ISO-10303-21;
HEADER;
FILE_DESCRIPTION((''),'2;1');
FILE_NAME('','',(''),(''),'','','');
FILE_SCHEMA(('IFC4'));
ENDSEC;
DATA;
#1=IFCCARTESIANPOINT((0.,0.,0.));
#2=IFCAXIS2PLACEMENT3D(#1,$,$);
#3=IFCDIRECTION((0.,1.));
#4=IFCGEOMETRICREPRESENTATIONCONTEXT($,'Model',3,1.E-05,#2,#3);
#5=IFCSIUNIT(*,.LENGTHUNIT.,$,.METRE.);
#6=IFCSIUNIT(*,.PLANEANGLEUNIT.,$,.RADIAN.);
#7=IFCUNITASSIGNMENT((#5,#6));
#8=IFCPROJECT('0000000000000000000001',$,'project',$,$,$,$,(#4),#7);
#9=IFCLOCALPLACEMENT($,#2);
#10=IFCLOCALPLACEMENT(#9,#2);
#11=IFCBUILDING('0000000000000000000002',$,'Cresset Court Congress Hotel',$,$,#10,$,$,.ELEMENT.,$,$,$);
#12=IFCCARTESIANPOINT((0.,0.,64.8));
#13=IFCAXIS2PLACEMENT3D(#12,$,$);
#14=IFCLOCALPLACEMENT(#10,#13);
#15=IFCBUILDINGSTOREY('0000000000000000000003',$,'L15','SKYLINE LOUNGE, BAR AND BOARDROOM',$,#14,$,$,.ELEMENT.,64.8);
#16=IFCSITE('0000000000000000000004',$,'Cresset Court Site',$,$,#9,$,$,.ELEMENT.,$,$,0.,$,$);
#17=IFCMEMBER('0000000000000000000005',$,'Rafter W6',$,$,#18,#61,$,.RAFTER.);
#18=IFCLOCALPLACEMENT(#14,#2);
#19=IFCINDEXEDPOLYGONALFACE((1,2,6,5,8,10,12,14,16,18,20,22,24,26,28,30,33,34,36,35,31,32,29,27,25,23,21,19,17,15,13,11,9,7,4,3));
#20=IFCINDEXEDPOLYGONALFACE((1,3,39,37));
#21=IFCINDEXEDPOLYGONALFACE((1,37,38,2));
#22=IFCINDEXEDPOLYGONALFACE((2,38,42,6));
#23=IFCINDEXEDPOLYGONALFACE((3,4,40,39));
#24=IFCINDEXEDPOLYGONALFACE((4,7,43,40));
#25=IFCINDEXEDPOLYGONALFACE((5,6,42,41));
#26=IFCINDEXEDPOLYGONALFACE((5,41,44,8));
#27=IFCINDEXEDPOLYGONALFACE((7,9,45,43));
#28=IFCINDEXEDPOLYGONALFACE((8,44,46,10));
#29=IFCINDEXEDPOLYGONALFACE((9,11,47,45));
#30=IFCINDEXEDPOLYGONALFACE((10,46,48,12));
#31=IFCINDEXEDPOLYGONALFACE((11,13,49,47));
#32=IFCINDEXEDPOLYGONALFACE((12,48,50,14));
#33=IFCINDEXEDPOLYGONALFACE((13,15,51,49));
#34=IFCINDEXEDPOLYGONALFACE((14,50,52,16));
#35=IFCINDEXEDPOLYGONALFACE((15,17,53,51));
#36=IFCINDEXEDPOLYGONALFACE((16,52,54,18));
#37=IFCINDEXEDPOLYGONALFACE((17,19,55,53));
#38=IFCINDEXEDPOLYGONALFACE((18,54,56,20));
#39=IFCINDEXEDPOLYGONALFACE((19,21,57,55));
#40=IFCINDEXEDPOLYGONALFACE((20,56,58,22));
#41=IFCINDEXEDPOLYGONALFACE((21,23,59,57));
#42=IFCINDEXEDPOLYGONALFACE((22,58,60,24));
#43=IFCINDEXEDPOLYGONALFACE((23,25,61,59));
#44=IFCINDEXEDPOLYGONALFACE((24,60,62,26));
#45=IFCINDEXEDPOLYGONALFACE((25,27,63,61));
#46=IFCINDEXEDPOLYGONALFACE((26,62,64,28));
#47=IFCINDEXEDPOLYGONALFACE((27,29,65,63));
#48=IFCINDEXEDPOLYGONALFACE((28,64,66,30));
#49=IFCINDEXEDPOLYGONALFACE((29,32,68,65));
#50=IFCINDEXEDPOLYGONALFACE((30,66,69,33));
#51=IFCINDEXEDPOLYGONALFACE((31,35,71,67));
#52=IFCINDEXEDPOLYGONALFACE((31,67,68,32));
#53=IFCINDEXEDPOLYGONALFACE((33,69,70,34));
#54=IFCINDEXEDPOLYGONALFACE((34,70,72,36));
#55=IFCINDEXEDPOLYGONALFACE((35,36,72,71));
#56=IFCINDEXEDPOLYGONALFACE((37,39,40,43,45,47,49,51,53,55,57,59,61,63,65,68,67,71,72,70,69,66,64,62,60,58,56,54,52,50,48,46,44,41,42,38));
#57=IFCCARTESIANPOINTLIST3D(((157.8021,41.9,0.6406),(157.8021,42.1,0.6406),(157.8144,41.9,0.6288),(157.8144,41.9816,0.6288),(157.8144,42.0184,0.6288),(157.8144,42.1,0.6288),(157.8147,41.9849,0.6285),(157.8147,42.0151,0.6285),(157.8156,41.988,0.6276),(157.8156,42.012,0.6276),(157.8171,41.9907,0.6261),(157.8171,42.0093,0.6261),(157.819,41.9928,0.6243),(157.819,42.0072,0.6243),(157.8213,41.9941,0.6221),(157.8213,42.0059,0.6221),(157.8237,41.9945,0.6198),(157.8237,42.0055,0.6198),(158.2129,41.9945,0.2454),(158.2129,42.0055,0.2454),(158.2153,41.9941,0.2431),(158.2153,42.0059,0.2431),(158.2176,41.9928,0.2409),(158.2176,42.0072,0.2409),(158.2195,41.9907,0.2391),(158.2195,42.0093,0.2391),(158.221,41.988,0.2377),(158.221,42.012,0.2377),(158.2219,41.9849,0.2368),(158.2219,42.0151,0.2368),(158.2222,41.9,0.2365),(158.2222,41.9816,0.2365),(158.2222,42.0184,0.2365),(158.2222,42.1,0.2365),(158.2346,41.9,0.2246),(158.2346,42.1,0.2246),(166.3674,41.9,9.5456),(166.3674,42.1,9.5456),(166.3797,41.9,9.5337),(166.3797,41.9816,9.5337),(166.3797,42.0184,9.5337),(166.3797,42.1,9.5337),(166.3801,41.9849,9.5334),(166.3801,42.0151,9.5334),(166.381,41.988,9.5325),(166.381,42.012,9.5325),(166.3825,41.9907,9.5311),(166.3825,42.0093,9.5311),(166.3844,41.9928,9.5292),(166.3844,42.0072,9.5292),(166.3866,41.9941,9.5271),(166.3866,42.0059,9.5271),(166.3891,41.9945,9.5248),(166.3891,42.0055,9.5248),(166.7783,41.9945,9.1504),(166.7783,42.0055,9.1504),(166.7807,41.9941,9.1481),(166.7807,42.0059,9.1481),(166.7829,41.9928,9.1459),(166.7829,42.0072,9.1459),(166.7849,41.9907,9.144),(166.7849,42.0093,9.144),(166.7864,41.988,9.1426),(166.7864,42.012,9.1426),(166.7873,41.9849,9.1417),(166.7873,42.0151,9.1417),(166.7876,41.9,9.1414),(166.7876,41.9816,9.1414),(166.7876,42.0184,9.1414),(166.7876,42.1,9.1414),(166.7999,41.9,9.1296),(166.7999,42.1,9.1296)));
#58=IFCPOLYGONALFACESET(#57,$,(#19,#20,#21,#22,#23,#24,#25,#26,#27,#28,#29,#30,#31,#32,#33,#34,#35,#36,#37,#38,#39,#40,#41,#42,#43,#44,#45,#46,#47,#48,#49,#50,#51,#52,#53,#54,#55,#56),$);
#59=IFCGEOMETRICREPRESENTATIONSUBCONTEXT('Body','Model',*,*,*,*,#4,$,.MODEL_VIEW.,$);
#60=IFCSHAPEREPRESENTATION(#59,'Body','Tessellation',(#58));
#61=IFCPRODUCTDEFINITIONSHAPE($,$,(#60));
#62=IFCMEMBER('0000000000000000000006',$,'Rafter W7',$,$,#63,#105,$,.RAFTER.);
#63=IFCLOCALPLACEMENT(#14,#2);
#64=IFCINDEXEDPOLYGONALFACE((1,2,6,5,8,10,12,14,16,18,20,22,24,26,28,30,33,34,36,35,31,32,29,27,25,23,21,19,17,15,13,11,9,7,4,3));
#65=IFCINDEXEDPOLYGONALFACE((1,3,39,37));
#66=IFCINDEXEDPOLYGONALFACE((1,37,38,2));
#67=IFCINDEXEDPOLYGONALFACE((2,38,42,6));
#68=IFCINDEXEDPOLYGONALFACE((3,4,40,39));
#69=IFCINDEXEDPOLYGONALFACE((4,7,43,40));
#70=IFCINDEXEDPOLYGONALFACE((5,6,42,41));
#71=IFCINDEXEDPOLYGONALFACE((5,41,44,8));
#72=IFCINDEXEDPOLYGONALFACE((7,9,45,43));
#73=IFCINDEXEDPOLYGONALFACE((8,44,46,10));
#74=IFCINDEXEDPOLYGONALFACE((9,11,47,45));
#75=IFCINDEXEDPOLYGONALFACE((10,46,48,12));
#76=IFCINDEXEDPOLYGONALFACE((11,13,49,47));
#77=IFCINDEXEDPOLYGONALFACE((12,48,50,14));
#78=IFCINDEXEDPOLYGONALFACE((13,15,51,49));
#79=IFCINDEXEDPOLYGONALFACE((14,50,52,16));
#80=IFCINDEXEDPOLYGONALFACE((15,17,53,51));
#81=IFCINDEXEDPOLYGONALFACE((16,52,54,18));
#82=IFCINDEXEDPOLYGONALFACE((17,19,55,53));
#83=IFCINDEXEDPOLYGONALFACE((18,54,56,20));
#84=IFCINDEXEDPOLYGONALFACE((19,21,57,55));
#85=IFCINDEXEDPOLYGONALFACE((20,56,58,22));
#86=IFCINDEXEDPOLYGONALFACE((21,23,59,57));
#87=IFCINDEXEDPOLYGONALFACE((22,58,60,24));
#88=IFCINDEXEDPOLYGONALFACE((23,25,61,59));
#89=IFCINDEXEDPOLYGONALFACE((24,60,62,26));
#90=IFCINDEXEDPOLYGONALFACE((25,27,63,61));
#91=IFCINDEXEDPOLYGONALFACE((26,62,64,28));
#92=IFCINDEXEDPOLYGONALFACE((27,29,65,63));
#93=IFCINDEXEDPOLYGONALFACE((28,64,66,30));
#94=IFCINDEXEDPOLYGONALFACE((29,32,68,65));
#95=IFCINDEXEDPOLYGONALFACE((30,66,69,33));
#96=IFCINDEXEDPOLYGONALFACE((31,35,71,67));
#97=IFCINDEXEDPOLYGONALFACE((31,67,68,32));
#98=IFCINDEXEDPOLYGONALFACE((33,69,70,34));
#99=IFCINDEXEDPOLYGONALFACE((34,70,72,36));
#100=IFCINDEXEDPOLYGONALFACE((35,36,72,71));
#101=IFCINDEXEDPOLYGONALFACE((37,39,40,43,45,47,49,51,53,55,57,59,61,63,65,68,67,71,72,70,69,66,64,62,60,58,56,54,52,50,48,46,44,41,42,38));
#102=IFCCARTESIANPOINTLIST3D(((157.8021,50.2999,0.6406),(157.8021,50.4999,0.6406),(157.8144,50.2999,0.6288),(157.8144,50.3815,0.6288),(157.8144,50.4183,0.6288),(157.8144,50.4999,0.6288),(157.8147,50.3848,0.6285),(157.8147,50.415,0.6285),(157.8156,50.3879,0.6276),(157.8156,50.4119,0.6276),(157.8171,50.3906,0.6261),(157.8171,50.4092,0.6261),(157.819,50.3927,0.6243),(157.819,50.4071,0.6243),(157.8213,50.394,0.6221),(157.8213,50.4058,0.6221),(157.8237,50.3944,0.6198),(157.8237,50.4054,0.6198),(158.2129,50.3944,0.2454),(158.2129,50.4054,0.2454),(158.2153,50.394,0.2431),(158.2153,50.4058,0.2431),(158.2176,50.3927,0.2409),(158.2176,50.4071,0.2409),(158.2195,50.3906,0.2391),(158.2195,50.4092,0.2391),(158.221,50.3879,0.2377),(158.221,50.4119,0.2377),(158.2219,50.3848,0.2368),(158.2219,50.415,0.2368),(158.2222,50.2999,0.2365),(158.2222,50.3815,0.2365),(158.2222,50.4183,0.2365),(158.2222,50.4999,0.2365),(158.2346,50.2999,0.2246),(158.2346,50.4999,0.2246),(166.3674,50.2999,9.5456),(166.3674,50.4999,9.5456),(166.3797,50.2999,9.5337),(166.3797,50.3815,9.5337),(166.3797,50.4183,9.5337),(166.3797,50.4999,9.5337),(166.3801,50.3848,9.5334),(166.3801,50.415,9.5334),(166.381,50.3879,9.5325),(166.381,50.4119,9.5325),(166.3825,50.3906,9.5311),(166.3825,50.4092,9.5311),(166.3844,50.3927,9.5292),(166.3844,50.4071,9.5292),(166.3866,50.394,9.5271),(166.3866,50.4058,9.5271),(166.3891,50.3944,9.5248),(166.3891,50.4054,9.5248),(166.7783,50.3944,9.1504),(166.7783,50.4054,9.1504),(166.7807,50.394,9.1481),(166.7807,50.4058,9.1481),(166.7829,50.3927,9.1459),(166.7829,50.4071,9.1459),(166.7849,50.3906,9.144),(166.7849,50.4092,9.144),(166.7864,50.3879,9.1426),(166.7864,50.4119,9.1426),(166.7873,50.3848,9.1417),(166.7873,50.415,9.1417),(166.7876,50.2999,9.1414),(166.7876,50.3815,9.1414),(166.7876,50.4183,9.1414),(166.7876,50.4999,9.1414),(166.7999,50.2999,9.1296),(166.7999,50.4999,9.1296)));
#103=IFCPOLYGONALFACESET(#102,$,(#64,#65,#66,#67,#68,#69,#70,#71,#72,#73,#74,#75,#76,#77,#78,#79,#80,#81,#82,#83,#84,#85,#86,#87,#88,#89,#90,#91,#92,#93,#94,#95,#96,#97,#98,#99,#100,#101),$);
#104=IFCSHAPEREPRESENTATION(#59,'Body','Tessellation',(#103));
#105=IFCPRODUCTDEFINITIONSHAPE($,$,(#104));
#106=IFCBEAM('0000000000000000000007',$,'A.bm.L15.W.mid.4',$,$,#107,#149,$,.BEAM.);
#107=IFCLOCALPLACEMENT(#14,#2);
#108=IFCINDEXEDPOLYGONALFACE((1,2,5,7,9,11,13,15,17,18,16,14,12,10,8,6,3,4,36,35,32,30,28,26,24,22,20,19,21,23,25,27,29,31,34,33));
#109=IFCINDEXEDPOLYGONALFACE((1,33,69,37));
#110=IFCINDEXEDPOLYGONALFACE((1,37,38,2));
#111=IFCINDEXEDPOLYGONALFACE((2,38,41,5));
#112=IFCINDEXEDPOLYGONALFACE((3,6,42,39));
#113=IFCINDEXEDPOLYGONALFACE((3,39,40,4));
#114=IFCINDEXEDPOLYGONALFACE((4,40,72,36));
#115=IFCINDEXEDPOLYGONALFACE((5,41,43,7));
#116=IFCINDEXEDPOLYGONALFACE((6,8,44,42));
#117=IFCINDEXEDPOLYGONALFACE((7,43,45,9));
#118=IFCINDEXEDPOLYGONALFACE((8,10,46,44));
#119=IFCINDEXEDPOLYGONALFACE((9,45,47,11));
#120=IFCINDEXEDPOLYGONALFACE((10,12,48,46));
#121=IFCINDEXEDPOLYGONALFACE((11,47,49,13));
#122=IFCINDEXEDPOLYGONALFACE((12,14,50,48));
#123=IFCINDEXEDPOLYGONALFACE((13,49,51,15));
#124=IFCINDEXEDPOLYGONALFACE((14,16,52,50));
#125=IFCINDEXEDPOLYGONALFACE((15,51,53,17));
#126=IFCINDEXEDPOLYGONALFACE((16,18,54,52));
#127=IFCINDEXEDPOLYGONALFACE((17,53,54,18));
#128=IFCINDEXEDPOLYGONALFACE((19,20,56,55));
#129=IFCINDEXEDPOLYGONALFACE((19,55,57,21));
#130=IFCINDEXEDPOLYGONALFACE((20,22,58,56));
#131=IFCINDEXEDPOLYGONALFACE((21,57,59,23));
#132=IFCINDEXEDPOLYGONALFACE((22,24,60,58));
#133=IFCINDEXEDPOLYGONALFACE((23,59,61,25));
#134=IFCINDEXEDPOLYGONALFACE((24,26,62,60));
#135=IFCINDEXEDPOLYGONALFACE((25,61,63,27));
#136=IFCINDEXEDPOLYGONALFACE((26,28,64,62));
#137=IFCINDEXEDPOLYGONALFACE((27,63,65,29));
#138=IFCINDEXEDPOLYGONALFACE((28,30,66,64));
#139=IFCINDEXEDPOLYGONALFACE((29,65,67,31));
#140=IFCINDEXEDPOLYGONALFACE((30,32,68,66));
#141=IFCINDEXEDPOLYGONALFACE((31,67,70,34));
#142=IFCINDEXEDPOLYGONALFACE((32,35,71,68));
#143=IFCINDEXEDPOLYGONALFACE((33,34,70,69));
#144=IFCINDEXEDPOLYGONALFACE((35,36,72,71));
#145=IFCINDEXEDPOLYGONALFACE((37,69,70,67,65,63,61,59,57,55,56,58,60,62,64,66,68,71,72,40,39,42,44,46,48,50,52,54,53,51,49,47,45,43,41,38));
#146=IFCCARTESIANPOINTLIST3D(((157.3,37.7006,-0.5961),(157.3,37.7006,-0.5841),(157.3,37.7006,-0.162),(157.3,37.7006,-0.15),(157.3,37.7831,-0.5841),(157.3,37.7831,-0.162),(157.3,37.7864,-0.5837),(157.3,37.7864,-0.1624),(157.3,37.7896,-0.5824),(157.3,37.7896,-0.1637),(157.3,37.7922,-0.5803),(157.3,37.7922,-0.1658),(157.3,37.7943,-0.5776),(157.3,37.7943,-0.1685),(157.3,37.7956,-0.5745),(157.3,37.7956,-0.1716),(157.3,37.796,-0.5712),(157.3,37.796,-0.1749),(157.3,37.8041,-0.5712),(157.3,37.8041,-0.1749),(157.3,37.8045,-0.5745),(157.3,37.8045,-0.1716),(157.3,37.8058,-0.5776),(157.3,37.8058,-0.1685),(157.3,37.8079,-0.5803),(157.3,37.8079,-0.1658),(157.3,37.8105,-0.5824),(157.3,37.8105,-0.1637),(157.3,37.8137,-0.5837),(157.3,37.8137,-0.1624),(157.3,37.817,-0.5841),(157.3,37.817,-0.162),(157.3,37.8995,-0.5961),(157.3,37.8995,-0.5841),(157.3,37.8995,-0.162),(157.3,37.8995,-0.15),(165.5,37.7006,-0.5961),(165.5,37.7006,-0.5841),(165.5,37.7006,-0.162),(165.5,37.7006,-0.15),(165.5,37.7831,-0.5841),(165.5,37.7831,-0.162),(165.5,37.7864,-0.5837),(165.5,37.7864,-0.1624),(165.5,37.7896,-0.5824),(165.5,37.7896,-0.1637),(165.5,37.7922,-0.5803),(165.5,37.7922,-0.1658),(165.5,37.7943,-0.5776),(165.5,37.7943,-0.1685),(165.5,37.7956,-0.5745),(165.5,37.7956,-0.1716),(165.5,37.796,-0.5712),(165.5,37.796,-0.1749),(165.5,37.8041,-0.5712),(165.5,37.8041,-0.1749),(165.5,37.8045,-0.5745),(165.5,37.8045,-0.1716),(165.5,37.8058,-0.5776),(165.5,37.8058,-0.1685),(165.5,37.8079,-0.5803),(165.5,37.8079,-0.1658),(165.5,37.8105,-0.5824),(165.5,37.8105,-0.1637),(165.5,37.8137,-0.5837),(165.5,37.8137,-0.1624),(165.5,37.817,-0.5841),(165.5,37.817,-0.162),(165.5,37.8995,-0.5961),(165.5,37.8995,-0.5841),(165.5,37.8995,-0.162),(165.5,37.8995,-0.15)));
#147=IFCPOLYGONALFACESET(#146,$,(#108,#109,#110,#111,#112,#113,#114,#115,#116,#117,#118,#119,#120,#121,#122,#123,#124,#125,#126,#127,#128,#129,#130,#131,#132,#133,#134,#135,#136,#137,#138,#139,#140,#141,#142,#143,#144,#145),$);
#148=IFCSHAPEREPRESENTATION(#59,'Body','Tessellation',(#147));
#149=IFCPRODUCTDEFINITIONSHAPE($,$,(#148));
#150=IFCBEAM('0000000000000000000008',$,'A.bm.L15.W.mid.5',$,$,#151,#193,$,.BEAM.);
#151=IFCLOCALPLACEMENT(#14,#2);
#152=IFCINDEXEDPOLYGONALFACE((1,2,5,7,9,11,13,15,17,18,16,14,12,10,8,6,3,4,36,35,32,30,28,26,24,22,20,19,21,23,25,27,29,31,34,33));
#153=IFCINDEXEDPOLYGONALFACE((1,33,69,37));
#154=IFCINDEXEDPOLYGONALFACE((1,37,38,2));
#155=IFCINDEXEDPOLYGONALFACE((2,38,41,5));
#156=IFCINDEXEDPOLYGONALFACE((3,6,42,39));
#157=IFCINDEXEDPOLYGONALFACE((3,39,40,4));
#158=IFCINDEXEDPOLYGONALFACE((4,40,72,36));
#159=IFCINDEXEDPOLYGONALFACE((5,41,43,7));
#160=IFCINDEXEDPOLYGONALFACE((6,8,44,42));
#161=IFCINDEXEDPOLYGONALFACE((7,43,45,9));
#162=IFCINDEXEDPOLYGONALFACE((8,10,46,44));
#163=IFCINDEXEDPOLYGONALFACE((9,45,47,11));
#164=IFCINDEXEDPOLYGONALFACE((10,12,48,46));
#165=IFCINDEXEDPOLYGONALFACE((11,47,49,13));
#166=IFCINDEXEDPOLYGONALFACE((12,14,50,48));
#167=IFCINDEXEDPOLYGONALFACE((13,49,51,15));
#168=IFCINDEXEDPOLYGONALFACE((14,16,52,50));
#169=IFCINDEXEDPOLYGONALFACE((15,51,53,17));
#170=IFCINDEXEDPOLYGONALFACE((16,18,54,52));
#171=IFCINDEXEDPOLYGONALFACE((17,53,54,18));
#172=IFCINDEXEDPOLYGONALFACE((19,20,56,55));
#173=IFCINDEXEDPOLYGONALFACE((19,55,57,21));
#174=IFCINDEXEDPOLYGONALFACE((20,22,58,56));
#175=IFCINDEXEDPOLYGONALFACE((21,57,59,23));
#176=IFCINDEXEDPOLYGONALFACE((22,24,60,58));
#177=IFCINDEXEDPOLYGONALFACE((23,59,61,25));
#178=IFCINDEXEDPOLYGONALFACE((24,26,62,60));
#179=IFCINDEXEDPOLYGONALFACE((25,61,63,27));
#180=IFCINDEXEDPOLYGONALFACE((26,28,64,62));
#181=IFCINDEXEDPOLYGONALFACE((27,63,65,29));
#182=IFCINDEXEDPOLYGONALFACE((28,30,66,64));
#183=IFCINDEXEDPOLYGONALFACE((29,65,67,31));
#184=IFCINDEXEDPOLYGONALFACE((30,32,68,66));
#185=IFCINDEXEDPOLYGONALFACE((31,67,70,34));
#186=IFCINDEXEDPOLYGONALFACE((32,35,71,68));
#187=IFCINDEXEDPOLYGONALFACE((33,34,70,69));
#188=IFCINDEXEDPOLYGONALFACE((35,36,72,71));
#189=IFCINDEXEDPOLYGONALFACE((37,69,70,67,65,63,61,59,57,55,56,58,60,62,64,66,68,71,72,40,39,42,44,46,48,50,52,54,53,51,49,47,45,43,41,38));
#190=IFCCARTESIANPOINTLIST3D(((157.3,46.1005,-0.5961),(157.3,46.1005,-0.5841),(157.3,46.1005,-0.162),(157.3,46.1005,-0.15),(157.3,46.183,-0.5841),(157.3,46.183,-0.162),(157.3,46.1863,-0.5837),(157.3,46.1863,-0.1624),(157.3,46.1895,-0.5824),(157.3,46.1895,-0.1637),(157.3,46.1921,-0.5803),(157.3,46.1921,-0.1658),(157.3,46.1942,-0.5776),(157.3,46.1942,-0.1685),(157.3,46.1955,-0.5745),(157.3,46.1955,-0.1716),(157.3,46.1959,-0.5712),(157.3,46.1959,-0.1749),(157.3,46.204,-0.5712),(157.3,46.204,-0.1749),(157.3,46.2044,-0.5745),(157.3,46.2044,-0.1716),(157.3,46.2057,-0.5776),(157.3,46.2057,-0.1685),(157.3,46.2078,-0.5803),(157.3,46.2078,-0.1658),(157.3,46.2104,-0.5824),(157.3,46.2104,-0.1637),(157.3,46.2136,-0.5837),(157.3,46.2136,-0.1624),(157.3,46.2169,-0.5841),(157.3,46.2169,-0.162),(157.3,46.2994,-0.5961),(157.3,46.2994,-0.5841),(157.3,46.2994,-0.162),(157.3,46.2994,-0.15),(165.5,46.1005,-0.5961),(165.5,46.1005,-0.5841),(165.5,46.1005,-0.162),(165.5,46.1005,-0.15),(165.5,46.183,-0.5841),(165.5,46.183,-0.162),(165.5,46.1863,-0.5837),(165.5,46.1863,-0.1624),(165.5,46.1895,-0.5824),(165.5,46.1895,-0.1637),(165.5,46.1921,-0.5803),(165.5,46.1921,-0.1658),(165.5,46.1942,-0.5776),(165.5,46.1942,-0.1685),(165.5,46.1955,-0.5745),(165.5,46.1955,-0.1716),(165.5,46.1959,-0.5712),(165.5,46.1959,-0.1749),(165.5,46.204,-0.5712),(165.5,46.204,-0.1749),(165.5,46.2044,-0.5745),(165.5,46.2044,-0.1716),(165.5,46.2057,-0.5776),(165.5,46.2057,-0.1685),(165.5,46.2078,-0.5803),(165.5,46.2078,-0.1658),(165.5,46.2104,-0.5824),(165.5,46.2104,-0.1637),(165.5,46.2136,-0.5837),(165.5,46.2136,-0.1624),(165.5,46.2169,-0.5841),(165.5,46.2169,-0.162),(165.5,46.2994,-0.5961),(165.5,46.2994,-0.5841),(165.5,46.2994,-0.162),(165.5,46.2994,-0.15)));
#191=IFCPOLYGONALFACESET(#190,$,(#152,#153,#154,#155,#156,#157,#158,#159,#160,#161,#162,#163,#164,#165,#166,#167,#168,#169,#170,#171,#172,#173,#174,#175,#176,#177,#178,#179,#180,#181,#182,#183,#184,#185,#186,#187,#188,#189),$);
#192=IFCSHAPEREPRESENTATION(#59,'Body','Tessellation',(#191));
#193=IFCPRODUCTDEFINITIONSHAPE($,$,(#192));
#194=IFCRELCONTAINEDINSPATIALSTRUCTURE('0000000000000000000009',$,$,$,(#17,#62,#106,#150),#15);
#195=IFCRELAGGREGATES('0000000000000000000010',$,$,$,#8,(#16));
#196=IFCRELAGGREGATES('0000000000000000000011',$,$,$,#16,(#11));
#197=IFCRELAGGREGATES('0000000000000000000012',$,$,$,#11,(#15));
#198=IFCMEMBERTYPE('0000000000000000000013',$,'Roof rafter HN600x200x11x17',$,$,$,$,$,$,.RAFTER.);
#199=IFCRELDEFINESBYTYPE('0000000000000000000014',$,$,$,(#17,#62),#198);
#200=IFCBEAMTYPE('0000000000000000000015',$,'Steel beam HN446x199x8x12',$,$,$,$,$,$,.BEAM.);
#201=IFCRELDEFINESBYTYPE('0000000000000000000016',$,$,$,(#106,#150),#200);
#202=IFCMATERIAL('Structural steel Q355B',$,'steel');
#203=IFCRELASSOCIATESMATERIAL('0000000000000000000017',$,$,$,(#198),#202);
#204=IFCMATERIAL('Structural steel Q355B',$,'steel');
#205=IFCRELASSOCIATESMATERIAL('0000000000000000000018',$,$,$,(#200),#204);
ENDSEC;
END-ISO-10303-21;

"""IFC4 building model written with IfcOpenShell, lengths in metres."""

from ifc_helpers import new_model, si_unit, direction, frame, origin, origin_2d, place, context, subcontext, project, spatial, i_section, extrude, material, material_profile, profile_set, type_object, element, save


model = new_model("IFC4")

# Units and contexts
model_context = context("Model", 3, precision=1e-05, world=origin(), true_north=direction((0.0, 1.0)))
body_context = subcontext(model_context, "Body", "Model", "MODEL_VIEW")
ifc_project = project(units=[si_unit("LENGTHUNIT", "METRE"), si_unit("PLANEANGLEUNIT", "RADIAN")], contexts=[model_context])

# Site, building, storey
site_placement = place(None, origin())
site = spatial("IfcSite", under=ifc_project, at=site_placement, Name="Cresset Court Site", CompositionType="ELEMENT", RefElevation=0.0)
building_placement = place(site_placement, origin())
building = spatial("IfcBuilding", under=site, at=building_placement, Name="Cresset Court Congress Hotel", CompositionType="ELEMENT")
storey_placement = place(building_placement, frame((0.0, 0.0, 64.8)))
storey = spatial("IfcBuildingStorey", under=building, at=storey_placement, Name="L15", Description="SKYLINE LOUNGE, BAR AND BOARDROOM", CompositionType="ELEMENT", Elevation=64.8)

# Members
ifc_material_1 = material(Name="Structural steel Q355B", Category="steel")
ifc_material_profile_1 = material_profile(ifc_material_1, i_section(OverallWidth=0.2, OverallDepth=0.6001, WebThickness=0.011, FlangeThickness=0.0171, FilletRadius=0.0129, at=origin_2d()), Name="HN600x200x11x17")
ifc_profile_set_1 = profile_set([ifc_material_profile_1], Name="Structural steel Q355B")
member_type_1 = type_object("IfcMemberType", Name="Roof rafter HN600x200x11x17", PredefinedType="RAFTER", material=ifc_profile_set_1)
for number, where, z_axis, x_axis, name in (
    (1, (158.0183, 42.0, 0.4326), (0.693231, 0.0, 0.720716), (0.0, 1.0, 0.0), "Rafter W6"),
    (2, (158.0183, 50.3999, 0.4326), (0.693231, 0.0, 0.720716), (0.0, 1.0, 0.0), "Rafter W7"),
):
    element("IfcMember", number, at=place(storey_placement, frame(where, z_axis=z_axis, x_axis=x_axis)), inside=storey, type_object=member_type_1, Name=name, PredefinedType="RAFTER", context=body_context, shape_type="SweptSolid", body=[
        extrude(i_section(OverallWidth=0.2, OverallDepth=0.6001, WebThickness=0.011, FlangeThickness=0.0171, FilletRadius=0.0129, at=origin_2d()), origin(), (0.0, 0.0, 1.0), 12.3557),
    ])

# Beams
ifc_material_2 = material(Name="Structural steel Q355B", Category="steel")
ifc_material_profile_2 = material_profile(ifc_material_2, i_section(OverallWidth=0.199, OverallDepth=0.446, WebThickness=0.0081, FlangeThickness=0.012, FilletRadius=0.0129, at=origin_2d()), Name="HN446x199x8x12")
ifc_profile_set_2 = profile_set([ifc_material_profile_2], Name="Structural steel Q355B")
beam_type_1 = type_object("IfcBeamType", Name="Steel beam HN446x199x8x12", PredefinedType="BEAM", material=ifc_profile_set_2)
for number, where, z_axis, x_axis, name in (
    (3, (157.3, 37.8, -0.373), (1.0, 0.0, 0.0), (0.0, 1.0, 0.0), "A.bm.L15.W.mid.4"),
    (4, (157.3, 46.2, -0.373), (1.0, 0.0, 0.0), (0.0, 1.0, 0.0), "A.bm.L15.W.mid.5"),
):
    element("IfcBeam", number, at=place(storey_placement, frame(where, z_axis=z_axis, x_axis=x_axis)), inside=storey, type_object=beam_type_1, Name=name, PredefinedType="BEAM", context=body_context, shape_type="SweptSolid", body=[
        extrude(i_section(OverallWidth=0.199, OverallDepth=0.446, WebThickness=0.0081, FlangeThickness=0.012, FilletRadius=0.0129, at=origin_2d()), origin(), (0.0, 0.0, 1.0), 8.2),
    ])

save(model, "model.ifc")
